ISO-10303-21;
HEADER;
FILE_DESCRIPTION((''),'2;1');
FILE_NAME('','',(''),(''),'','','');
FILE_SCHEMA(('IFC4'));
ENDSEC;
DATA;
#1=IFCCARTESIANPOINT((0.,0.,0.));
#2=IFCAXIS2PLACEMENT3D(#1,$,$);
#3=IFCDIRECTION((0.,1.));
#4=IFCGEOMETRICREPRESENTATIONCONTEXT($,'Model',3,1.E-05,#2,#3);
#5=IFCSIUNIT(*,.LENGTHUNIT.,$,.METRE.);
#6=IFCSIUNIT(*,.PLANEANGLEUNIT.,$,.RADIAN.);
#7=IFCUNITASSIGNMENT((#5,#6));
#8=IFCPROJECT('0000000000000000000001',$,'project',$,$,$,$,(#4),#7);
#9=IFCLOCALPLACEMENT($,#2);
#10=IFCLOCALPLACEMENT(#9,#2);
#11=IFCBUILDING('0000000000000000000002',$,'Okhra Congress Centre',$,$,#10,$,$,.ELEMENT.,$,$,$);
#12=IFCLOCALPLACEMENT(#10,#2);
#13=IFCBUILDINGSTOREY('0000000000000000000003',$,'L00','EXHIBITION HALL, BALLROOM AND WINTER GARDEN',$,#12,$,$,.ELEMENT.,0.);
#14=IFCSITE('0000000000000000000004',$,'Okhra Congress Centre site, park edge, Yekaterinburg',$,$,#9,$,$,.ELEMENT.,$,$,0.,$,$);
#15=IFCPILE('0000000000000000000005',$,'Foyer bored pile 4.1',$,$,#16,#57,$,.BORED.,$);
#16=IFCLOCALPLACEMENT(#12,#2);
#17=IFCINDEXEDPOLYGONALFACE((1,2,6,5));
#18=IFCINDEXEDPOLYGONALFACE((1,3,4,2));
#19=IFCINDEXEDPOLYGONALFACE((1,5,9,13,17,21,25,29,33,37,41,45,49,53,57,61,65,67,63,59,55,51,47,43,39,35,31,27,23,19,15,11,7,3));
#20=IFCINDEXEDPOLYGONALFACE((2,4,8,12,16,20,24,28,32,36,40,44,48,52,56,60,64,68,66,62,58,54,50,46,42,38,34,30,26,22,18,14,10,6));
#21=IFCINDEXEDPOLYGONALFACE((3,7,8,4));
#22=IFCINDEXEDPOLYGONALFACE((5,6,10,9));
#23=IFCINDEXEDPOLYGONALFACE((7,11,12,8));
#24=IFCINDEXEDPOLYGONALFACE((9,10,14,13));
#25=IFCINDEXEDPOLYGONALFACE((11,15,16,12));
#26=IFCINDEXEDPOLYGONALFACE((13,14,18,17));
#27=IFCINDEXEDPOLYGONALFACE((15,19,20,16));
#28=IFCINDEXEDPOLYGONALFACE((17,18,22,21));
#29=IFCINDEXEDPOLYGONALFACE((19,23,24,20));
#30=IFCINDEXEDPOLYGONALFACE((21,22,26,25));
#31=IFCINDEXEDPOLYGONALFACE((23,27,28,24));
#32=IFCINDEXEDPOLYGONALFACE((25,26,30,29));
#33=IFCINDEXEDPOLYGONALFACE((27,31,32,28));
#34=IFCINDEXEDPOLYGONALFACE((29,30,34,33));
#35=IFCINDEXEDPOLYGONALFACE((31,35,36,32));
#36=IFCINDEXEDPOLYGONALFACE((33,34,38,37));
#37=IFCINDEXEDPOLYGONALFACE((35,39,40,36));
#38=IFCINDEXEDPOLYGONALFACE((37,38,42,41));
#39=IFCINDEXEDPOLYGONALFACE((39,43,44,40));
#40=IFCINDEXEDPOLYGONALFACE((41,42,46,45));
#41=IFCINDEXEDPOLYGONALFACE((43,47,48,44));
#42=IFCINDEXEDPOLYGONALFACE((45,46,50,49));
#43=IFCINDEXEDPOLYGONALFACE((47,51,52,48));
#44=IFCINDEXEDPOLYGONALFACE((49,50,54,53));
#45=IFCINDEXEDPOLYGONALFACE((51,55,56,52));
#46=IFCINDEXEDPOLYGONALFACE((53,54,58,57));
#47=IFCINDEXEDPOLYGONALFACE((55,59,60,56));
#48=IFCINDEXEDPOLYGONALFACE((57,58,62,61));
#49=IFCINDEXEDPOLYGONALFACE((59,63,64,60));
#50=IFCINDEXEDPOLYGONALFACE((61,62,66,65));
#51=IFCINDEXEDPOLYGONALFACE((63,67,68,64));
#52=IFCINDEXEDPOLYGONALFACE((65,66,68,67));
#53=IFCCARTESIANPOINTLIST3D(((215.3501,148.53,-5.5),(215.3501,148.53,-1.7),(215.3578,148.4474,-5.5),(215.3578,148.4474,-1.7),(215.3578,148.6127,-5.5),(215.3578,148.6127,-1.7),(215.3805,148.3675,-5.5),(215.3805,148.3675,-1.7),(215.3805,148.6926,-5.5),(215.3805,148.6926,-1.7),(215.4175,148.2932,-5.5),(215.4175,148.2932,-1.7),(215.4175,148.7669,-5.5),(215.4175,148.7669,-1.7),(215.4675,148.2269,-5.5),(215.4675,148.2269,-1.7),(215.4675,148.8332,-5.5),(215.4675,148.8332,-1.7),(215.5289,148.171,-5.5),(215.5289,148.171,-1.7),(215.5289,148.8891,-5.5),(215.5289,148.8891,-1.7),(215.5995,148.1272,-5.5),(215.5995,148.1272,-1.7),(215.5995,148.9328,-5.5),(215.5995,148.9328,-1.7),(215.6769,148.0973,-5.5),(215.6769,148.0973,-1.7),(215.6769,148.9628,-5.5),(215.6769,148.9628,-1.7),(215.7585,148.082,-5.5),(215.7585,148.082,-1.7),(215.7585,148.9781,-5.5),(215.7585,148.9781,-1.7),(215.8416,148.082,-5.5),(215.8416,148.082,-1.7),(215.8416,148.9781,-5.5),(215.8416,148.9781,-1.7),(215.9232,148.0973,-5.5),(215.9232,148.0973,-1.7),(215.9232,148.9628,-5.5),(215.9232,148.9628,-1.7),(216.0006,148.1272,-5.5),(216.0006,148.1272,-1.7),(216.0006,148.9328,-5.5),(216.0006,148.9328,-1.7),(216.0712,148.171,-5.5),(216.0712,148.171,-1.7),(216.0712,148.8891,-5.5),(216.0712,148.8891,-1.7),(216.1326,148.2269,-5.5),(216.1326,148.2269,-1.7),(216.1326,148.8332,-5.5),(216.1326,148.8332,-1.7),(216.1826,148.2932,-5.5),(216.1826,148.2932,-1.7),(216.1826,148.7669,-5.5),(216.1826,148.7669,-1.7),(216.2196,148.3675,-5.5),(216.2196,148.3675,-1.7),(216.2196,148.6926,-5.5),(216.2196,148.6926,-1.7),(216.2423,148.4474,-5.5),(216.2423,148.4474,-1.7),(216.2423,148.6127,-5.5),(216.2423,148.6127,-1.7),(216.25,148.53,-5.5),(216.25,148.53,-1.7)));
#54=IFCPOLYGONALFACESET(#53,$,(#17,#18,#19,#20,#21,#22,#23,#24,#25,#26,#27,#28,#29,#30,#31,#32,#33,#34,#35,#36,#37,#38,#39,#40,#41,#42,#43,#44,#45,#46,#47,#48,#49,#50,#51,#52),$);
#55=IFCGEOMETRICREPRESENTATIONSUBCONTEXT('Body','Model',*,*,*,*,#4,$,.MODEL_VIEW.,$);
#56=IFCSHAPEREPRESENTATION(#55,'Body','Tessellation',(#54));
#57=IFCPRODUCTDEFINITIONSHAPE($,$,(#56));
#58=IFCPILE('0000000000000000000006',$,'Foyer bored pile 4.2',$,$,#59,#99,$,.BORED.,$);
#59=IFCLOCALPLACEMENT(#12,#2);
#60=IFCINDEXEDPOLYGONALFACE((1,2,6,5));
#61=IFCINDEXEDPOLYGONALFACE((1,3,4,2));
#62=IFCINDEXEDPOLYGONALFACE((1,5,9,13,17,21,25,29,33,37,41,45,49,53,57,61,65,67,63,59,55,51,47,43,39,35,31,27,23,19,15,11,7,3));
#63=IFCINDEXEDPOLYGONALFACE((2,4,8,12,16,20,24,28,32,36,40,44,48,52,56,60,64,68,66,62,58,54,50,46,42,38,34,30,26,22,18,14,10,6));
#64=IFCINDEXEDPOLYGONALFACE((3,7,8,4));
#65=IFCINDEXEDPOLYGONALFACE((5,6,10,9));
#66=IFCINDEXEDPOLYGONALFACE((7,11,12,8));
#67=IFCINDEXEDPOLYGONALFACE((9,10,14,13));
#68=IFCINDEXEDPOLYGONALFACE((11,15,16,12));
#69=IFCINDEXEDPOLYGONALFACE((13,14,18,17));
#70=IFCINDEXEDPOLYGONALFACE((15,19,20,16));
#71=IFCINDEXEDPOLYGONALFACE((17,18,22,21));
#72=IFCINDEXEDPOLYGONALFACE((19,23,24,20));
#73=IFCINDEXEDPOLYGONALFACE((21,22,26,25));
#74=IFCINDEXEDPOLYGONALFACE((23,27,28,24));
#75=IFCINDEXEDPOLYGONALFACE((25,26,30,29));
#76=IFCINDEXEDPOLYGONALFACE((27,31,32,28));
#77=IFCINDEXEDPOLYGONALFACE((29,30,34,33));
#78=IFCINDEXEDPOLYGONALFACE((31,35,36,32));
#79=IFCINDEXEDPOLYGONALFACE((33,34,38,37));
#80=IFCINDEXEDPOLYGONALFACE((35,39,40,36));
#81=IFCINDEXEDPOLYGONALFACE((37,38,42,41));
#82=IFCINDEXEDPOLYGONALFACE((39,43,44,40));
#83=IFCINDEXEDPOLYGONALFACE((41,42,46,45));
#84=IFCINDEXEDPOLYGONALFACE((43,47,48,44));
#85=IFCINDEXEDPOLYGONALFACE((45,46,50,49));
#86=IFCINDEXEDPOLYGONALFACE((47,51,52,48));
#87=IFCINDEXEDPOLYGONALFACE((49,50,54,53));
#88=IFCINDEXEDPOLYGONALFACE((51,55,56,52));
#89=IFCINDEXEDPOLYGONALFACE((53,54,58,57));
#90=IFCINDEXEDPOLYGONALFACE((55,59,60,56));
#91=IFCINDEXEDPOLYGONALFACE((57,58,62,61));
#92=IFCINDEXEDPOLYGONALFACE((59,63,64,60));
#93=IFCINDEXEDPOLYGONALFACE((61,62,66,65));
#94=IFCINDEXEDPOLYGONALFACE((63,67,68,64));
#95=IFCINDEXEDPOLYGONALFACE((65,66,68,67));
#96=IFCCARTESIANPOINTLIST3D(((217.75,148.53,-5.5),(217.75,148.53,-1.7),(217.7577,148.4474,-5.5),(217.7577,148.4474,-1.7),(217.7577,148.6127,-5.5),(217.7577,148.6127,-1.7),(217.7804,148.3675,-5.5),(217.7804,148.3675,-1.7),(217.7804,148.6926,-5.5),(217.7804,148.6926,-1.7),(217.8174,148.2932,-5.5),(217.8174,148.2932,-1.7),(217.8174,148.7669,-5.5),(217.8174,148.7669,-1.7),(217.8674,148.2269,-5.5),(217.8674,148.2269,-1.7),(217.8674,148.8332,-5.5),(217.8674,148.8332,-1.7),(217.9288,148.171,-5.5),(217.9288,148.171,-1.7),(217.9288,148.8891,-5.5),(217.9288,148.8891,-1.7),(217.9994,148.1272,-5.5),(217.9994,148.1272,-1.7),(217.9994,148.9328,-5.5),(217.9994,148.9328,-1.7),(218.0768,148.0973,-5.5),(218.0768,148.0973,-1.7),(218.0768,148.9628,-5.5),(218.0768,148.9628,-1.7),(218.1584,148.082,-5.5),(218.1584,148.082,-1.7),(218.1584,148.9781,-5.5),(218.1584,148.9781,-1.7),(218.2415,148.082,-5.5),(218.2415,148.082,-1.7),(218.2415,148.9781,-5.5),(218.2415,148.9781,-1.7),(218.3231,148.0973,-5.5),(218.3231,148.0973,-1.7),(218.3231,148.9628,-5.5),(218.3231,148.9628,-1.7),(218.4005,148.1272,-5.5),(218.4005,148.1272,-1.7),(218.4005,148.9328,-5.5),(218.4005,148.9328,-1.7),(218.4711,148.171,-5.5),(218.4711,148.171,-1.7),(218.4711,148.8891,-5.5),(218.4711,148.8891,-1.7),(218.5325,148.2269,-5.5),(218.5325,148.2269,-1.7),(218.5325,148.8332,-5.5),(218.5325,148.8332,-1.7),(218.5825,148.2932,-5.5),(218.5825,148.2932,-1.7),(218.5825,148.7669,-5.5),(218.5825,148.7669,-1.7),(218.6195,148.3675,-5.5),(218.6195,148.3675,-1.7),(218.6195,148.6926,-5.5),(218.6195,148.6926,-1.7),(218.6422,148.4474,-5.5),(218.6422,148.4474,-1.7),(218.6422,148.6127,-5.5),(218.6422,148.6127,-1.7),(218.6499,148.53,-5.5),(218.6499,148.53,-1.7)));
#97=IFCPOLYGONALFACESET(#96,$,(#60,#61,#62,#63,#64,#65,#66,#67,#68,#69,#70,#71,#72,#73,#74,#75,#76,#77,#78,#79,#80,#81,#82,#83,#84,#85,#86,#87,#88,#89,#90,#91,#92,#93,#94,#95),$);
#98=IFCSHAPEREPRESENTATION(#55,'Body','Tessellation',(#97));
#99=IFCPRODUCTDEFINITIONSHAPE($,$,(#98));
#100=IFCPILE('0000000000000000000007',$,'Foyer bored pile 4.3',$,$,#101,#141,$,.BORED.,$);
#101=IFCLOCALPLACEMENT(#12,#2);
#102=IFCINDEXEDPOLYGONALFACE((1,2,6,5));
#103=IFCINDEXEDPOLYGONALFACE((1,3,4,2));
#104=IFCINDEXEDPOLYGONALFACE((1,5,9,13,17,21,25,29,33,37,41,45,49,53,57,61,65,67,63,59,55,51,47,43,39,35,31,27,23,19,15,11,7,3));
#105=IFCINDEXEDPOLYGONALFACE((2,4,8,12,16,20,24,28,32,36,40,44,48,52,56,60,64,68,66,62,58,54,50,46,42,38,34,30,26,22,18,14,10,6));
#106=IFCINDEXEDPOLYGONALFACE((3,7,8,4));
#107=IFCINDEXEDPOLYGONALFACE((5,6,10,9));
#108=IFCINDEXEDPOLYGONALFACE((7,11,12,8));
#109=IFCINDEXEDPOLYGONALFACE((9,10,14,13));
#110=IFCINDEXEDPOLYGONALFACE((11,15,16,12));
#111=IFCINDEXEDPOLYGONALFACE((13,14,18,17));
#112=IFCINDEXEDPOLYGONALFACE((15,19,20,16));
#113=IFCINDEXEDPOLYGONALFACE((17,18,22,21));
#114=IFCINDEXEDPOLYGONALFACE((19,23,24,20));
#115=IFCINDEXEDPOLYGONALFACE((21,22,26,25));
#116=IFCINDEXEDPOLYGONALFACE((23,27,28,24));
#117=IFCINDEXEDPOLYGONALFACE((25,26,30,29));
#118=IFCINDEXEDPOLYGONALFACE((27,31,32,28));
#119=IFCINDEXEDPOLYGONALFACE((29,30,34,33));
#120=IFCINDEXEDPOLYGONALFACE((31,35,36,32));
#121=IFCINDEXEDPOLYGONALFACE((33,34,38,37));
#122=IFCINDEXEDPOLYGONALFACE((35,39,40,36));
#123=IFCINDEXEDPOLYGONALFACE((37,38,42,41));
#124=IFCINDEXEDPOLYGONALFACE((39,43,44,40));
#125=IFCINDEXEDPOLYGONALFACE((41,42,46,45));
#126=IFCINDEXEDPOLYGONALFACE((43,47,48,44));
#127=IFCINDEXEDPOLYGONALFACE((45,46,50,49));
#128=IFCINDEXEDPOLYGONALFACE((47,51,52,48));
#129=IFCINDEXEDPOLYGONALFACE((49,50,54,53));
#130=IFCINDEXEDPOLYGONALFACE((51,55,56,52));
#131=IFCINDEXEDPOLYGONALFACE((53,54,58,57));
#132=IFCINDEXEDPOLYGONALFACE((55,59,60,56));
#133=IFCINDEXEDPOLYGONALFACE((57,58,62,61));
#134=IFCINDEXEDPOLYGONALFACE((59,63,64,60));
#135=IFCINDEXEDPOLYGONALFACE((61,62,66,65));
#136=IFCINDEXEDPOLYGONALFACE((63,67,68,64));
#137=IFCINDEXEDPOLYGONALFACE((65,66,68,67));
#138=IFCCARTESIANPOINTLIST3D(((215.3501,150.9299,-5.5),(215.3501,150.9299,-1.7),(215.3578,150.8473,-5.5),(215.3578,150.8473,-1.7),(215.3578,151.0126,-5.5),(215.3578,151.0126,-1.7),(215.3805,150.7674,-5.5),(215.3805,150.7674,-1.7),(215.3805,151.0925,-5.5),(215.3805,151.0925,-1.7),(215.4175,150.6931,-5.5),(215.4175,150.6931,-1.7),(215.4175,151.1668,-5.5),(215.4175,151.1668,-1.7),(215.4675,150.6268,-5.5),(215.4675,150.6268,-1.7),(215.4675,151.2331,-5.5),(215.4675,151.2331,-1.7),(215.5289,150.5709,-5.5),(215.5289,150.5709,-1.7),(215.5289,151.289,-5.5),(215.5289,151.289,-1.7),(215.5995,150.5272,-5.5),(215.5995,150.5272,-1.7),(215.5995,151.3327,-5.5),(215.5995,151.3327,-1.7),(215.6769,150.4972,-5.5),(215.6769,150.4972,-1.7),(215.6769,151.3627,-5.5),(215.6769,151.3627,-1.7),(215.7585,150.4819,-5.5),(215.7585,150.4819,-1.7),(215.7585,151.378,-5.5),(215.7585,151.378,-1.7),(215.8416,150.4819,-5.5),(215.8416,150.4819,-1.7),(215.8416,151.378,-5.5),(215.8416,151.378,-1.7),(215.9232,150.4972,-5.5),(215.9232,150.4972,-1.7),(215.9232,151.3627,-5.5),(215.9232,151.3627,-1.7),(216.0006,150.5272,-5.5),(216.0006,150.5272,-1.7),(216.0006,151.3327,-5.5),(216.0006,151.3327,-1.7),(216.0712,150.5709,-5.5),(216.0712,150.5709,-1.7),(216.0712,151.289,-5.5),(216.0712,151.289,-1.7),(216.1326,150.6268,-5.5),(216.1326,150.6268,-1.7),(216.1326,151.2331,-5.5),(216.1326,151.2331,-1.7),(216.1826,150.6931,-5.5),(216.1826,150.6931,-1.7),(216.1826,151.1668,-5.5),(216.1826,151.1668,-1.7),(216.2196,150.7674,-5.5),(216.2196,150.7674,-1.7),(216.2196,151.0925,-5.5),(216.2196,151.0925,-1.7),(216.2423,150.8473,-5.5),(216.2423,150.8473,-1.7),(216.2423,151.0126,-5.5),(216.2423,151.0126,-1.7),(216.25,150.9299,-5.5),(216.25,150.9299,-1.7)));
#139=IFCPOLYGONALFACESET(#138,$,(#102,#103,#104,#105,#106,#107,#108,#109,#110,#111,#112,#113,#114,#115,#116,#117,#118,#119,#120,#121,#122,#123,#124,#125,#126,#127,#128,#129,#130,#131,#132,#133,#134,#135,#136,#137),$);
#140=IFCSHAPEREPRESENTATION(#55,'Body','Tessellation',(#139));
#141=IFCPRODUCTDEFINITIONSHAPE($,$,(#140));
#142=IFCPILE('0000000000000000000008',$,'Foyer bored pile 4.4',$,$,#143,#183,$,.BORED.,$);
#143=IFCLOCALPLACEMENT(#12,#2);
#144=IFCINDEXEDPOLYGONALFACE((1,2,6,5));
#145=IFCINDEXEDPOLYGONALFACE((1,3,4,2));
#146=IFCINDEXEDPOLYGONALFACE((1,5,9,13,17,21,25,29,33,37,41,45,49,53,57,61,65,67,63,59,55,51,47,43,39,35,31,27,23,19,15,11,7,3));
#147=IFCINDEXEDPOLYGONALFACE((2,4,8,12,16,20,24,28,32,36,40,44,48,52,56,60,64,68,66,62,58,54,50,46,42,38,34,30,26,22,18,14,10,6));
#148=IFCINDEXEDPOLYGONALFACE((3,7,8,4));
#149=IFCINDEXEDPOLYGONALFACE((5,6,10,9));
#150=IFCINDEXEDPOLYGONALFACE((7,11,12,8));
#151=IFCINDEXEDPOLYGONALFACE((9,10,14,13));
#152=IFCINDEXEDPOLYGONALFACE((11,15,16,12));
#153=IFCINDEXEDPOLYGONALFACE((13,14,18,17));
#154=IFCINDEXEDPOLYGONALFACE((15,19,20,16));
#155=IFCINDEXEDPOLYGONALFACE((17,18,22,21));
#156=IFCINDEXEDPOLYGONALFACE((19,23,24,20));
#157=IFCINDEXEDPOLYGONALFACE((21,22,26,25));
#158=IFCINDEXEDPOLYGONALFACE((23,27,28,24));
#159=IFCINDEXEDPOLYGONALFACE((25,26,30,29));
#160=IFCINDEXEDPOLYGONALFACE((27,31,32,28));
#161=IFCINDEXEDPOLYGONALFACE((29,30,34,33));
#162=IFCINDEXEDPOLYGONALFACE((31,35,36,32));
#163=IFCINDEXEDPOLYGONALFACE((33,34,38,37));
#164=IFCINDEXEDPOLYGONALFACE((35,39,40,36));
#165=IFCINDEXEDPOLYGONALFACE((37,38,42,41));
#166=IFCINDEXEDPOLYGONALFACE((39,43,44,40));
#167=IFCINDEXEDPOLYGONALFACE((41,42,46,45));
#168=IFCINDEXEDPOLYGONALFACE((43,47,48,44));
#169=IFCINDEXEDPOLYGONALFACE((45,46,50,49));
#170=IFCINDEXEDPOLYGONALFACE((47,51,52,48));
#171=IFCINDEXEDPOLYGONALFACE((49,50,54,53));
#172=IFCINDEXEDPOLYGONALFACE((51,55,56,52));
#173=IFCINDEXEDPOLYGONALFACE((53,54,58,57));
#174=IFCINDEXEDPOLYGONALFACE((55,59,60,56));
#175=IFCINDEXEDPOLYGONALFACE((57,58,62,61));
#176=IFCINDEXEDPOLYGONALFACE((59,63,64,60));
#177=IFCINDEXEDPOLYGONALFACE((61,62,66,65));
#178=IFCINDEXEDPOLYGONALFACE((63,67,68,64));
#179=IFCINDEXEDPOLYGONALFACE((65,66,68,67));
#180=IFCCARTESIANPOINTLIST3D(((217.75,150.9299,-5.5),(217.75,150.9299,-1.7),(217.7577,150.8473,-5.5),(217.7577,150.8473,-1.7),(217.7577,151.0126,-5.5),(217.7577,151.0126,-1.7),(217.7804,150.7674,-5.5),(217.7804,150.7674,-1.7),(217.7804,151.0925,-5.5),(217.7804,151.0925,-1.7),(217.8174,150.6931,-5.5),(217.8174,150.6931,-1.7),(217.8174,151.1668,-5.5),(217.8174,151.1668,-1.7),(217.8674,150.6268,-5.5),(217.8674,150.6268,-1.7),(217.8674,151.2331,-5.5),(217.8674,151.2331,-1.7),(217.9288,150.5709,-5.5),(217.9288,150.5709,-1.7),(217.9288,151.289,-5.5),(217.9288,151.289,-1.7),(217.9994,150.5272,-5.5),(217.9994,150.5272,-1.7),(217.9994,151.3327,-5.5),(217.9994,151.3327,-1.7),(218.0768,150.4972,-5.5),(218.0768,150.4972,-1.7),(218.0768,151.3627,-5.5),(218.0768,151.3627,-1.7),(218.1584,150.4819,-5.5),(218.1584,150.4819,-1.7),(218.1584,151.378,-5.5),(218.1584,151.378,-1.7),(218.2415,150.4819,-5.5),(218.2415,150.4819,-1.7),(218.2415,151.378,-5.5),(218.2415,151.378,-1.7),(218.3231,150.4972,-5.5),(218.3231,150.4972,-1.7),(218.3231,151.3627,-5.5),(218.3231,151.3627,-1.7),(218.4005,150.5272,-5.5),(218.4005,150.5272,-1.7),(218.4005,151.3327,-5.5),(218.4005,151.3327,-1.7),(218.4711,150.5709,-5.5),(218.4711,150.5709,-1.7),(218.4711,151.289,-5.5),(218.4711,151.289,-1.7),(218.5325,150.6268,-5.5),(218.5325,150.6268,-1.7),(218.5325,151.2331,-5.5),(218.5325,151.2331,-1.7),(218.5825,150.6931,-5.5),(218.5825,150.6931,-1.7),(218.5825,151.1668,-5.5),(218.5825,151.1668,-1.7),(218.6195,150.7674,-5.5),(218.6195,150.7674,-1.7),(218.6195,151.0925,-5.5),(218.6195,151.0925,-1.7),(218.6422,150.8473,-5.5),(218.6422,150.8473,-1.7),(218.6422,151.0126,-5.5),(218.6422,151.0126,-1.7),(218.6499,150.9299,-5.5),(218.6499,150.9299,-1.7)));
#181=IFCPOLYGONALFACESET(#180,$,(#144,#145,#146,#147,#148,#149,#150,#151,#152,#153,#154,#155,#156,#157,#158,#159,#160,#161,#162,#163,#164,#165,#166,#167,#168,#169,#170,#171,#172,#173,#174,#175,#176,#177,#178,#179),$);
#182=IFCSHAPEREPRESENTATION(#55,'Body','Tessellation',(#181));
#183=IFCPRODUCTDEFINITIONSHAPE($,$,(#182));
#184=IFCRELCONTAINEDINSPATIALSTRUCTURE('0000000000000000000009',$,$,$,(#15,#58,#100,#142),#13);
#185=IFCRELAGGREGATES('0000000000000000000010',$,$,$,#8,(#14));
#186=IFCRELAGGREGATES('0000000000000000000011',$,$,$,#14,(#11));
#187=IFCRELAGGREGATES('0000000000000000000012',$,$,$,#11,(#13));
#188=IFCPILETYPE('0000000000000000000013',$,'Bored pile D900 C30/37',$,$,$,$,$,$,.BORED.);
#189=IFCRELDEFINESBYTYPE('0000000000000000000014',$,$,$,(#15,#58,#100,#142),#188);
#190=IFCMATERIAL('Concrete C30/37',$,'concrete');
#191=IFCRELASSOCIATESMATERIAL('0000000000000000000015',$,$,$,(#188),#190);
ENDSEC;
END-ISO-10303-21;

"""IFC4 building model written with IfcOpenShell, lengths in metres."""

from ifc_helpers import new_model, si_unit, direction, frame, origin, origin_2d, place, context, subcontext, project, spatial, circle, extrude, material, material_profile, profile_set, type_object, element, save


model = new_model("IFC4")

# Units and contexts
model_context = context("Model", 3, precision=1e-05, world=origin(), true_north=direction((0.0, 1.0)))
body_context = subcontext(model_context, "Body", "Model", "MODEL_VIEW")
ifc_project = project(units=[si_unit("LENGTHUNIT", "METRE"), si_unit("PLANEANGLEUNIT", "RADIAN")], contexts=[model_context])

# Site, building, storey
site_placement = place(None, origin())
site = spatial("IfcSite", under=ifc_project, at=site_placement, Name="Okhra Congress Centre site, park edge, Yekaterinburg", CompositionType="ELEMENT", RefElevation=0.0)
building_placement = place(site_placement, origin())
building = spatial("IfcBuilding", under=site, at=building_placement, Name="Okhra Congress Centre", CompositionType="ELEMENT")
storey_placement = place(building_placement, origin())
storey = spatial("IfcBuildingStorey", under=building, at=storey_placement, Name="L00", Description="EXHIBITION HALL, BALLROOM AND WINTER GARDEN", CompositionType="ELEMENT", Elevation=0.0)

# Piles
ifc_material_1 = material(Name="Concrete C30/37", Category="concrete")
ifc_material_profile_1 = material_profile(ifc_material_1, circle(Radius=0.45, at=origin_2d()), Name="D900")
ifc_profile_set_1 = profile_set([ifc_material_profile_1], Name="Concrete C30/37")
pile_type_1 = type_object("IfcPileType", Name="Bored pile D900 C30/37", PredefinedType="BORED", material=ifc_profile_set_1)
for number, where, z_axis, x_axis, name in (
    (1, (215.8, 148.53, -1.7), (0.0, 0.0, -1.0), (1.0, 0.0, 0.0), "Foyer bored pile 4.1"),
    (2, (218.2, 148.53, -1.7), (0.0, 0.0, -1.0), (1.0, 0.0, 0.0), "Foyer bored pile 4.2"),
    (3, (215.8, 150.9299, -1.7), (0.0, 0.0, -1.0), (1.0, 0.0, 0.0), "Foyer bored pile 4.3"),
    (4, (218.2, 150.9299, -1.7), (0.0, 0.0, -1.0), (1.0, 0.0, 0.0), "Foyer bored pile 4.4"),
):
    element("IfcPile", number, at=place(storey_placement, frame(where, z_axis=z_axis, x_axis=x_axis)), inside=storey, type_object=pile_type_1, Name=name, PredefinedType="BORED", context=body_context, shape_type="SweptSolid", body=[
        extrude(circle(Radius=0.45, at=origin_2d()), origin(), (0.0, 0.0, 1.0), 3.8),
    ])

save(model, "model.ifc")
